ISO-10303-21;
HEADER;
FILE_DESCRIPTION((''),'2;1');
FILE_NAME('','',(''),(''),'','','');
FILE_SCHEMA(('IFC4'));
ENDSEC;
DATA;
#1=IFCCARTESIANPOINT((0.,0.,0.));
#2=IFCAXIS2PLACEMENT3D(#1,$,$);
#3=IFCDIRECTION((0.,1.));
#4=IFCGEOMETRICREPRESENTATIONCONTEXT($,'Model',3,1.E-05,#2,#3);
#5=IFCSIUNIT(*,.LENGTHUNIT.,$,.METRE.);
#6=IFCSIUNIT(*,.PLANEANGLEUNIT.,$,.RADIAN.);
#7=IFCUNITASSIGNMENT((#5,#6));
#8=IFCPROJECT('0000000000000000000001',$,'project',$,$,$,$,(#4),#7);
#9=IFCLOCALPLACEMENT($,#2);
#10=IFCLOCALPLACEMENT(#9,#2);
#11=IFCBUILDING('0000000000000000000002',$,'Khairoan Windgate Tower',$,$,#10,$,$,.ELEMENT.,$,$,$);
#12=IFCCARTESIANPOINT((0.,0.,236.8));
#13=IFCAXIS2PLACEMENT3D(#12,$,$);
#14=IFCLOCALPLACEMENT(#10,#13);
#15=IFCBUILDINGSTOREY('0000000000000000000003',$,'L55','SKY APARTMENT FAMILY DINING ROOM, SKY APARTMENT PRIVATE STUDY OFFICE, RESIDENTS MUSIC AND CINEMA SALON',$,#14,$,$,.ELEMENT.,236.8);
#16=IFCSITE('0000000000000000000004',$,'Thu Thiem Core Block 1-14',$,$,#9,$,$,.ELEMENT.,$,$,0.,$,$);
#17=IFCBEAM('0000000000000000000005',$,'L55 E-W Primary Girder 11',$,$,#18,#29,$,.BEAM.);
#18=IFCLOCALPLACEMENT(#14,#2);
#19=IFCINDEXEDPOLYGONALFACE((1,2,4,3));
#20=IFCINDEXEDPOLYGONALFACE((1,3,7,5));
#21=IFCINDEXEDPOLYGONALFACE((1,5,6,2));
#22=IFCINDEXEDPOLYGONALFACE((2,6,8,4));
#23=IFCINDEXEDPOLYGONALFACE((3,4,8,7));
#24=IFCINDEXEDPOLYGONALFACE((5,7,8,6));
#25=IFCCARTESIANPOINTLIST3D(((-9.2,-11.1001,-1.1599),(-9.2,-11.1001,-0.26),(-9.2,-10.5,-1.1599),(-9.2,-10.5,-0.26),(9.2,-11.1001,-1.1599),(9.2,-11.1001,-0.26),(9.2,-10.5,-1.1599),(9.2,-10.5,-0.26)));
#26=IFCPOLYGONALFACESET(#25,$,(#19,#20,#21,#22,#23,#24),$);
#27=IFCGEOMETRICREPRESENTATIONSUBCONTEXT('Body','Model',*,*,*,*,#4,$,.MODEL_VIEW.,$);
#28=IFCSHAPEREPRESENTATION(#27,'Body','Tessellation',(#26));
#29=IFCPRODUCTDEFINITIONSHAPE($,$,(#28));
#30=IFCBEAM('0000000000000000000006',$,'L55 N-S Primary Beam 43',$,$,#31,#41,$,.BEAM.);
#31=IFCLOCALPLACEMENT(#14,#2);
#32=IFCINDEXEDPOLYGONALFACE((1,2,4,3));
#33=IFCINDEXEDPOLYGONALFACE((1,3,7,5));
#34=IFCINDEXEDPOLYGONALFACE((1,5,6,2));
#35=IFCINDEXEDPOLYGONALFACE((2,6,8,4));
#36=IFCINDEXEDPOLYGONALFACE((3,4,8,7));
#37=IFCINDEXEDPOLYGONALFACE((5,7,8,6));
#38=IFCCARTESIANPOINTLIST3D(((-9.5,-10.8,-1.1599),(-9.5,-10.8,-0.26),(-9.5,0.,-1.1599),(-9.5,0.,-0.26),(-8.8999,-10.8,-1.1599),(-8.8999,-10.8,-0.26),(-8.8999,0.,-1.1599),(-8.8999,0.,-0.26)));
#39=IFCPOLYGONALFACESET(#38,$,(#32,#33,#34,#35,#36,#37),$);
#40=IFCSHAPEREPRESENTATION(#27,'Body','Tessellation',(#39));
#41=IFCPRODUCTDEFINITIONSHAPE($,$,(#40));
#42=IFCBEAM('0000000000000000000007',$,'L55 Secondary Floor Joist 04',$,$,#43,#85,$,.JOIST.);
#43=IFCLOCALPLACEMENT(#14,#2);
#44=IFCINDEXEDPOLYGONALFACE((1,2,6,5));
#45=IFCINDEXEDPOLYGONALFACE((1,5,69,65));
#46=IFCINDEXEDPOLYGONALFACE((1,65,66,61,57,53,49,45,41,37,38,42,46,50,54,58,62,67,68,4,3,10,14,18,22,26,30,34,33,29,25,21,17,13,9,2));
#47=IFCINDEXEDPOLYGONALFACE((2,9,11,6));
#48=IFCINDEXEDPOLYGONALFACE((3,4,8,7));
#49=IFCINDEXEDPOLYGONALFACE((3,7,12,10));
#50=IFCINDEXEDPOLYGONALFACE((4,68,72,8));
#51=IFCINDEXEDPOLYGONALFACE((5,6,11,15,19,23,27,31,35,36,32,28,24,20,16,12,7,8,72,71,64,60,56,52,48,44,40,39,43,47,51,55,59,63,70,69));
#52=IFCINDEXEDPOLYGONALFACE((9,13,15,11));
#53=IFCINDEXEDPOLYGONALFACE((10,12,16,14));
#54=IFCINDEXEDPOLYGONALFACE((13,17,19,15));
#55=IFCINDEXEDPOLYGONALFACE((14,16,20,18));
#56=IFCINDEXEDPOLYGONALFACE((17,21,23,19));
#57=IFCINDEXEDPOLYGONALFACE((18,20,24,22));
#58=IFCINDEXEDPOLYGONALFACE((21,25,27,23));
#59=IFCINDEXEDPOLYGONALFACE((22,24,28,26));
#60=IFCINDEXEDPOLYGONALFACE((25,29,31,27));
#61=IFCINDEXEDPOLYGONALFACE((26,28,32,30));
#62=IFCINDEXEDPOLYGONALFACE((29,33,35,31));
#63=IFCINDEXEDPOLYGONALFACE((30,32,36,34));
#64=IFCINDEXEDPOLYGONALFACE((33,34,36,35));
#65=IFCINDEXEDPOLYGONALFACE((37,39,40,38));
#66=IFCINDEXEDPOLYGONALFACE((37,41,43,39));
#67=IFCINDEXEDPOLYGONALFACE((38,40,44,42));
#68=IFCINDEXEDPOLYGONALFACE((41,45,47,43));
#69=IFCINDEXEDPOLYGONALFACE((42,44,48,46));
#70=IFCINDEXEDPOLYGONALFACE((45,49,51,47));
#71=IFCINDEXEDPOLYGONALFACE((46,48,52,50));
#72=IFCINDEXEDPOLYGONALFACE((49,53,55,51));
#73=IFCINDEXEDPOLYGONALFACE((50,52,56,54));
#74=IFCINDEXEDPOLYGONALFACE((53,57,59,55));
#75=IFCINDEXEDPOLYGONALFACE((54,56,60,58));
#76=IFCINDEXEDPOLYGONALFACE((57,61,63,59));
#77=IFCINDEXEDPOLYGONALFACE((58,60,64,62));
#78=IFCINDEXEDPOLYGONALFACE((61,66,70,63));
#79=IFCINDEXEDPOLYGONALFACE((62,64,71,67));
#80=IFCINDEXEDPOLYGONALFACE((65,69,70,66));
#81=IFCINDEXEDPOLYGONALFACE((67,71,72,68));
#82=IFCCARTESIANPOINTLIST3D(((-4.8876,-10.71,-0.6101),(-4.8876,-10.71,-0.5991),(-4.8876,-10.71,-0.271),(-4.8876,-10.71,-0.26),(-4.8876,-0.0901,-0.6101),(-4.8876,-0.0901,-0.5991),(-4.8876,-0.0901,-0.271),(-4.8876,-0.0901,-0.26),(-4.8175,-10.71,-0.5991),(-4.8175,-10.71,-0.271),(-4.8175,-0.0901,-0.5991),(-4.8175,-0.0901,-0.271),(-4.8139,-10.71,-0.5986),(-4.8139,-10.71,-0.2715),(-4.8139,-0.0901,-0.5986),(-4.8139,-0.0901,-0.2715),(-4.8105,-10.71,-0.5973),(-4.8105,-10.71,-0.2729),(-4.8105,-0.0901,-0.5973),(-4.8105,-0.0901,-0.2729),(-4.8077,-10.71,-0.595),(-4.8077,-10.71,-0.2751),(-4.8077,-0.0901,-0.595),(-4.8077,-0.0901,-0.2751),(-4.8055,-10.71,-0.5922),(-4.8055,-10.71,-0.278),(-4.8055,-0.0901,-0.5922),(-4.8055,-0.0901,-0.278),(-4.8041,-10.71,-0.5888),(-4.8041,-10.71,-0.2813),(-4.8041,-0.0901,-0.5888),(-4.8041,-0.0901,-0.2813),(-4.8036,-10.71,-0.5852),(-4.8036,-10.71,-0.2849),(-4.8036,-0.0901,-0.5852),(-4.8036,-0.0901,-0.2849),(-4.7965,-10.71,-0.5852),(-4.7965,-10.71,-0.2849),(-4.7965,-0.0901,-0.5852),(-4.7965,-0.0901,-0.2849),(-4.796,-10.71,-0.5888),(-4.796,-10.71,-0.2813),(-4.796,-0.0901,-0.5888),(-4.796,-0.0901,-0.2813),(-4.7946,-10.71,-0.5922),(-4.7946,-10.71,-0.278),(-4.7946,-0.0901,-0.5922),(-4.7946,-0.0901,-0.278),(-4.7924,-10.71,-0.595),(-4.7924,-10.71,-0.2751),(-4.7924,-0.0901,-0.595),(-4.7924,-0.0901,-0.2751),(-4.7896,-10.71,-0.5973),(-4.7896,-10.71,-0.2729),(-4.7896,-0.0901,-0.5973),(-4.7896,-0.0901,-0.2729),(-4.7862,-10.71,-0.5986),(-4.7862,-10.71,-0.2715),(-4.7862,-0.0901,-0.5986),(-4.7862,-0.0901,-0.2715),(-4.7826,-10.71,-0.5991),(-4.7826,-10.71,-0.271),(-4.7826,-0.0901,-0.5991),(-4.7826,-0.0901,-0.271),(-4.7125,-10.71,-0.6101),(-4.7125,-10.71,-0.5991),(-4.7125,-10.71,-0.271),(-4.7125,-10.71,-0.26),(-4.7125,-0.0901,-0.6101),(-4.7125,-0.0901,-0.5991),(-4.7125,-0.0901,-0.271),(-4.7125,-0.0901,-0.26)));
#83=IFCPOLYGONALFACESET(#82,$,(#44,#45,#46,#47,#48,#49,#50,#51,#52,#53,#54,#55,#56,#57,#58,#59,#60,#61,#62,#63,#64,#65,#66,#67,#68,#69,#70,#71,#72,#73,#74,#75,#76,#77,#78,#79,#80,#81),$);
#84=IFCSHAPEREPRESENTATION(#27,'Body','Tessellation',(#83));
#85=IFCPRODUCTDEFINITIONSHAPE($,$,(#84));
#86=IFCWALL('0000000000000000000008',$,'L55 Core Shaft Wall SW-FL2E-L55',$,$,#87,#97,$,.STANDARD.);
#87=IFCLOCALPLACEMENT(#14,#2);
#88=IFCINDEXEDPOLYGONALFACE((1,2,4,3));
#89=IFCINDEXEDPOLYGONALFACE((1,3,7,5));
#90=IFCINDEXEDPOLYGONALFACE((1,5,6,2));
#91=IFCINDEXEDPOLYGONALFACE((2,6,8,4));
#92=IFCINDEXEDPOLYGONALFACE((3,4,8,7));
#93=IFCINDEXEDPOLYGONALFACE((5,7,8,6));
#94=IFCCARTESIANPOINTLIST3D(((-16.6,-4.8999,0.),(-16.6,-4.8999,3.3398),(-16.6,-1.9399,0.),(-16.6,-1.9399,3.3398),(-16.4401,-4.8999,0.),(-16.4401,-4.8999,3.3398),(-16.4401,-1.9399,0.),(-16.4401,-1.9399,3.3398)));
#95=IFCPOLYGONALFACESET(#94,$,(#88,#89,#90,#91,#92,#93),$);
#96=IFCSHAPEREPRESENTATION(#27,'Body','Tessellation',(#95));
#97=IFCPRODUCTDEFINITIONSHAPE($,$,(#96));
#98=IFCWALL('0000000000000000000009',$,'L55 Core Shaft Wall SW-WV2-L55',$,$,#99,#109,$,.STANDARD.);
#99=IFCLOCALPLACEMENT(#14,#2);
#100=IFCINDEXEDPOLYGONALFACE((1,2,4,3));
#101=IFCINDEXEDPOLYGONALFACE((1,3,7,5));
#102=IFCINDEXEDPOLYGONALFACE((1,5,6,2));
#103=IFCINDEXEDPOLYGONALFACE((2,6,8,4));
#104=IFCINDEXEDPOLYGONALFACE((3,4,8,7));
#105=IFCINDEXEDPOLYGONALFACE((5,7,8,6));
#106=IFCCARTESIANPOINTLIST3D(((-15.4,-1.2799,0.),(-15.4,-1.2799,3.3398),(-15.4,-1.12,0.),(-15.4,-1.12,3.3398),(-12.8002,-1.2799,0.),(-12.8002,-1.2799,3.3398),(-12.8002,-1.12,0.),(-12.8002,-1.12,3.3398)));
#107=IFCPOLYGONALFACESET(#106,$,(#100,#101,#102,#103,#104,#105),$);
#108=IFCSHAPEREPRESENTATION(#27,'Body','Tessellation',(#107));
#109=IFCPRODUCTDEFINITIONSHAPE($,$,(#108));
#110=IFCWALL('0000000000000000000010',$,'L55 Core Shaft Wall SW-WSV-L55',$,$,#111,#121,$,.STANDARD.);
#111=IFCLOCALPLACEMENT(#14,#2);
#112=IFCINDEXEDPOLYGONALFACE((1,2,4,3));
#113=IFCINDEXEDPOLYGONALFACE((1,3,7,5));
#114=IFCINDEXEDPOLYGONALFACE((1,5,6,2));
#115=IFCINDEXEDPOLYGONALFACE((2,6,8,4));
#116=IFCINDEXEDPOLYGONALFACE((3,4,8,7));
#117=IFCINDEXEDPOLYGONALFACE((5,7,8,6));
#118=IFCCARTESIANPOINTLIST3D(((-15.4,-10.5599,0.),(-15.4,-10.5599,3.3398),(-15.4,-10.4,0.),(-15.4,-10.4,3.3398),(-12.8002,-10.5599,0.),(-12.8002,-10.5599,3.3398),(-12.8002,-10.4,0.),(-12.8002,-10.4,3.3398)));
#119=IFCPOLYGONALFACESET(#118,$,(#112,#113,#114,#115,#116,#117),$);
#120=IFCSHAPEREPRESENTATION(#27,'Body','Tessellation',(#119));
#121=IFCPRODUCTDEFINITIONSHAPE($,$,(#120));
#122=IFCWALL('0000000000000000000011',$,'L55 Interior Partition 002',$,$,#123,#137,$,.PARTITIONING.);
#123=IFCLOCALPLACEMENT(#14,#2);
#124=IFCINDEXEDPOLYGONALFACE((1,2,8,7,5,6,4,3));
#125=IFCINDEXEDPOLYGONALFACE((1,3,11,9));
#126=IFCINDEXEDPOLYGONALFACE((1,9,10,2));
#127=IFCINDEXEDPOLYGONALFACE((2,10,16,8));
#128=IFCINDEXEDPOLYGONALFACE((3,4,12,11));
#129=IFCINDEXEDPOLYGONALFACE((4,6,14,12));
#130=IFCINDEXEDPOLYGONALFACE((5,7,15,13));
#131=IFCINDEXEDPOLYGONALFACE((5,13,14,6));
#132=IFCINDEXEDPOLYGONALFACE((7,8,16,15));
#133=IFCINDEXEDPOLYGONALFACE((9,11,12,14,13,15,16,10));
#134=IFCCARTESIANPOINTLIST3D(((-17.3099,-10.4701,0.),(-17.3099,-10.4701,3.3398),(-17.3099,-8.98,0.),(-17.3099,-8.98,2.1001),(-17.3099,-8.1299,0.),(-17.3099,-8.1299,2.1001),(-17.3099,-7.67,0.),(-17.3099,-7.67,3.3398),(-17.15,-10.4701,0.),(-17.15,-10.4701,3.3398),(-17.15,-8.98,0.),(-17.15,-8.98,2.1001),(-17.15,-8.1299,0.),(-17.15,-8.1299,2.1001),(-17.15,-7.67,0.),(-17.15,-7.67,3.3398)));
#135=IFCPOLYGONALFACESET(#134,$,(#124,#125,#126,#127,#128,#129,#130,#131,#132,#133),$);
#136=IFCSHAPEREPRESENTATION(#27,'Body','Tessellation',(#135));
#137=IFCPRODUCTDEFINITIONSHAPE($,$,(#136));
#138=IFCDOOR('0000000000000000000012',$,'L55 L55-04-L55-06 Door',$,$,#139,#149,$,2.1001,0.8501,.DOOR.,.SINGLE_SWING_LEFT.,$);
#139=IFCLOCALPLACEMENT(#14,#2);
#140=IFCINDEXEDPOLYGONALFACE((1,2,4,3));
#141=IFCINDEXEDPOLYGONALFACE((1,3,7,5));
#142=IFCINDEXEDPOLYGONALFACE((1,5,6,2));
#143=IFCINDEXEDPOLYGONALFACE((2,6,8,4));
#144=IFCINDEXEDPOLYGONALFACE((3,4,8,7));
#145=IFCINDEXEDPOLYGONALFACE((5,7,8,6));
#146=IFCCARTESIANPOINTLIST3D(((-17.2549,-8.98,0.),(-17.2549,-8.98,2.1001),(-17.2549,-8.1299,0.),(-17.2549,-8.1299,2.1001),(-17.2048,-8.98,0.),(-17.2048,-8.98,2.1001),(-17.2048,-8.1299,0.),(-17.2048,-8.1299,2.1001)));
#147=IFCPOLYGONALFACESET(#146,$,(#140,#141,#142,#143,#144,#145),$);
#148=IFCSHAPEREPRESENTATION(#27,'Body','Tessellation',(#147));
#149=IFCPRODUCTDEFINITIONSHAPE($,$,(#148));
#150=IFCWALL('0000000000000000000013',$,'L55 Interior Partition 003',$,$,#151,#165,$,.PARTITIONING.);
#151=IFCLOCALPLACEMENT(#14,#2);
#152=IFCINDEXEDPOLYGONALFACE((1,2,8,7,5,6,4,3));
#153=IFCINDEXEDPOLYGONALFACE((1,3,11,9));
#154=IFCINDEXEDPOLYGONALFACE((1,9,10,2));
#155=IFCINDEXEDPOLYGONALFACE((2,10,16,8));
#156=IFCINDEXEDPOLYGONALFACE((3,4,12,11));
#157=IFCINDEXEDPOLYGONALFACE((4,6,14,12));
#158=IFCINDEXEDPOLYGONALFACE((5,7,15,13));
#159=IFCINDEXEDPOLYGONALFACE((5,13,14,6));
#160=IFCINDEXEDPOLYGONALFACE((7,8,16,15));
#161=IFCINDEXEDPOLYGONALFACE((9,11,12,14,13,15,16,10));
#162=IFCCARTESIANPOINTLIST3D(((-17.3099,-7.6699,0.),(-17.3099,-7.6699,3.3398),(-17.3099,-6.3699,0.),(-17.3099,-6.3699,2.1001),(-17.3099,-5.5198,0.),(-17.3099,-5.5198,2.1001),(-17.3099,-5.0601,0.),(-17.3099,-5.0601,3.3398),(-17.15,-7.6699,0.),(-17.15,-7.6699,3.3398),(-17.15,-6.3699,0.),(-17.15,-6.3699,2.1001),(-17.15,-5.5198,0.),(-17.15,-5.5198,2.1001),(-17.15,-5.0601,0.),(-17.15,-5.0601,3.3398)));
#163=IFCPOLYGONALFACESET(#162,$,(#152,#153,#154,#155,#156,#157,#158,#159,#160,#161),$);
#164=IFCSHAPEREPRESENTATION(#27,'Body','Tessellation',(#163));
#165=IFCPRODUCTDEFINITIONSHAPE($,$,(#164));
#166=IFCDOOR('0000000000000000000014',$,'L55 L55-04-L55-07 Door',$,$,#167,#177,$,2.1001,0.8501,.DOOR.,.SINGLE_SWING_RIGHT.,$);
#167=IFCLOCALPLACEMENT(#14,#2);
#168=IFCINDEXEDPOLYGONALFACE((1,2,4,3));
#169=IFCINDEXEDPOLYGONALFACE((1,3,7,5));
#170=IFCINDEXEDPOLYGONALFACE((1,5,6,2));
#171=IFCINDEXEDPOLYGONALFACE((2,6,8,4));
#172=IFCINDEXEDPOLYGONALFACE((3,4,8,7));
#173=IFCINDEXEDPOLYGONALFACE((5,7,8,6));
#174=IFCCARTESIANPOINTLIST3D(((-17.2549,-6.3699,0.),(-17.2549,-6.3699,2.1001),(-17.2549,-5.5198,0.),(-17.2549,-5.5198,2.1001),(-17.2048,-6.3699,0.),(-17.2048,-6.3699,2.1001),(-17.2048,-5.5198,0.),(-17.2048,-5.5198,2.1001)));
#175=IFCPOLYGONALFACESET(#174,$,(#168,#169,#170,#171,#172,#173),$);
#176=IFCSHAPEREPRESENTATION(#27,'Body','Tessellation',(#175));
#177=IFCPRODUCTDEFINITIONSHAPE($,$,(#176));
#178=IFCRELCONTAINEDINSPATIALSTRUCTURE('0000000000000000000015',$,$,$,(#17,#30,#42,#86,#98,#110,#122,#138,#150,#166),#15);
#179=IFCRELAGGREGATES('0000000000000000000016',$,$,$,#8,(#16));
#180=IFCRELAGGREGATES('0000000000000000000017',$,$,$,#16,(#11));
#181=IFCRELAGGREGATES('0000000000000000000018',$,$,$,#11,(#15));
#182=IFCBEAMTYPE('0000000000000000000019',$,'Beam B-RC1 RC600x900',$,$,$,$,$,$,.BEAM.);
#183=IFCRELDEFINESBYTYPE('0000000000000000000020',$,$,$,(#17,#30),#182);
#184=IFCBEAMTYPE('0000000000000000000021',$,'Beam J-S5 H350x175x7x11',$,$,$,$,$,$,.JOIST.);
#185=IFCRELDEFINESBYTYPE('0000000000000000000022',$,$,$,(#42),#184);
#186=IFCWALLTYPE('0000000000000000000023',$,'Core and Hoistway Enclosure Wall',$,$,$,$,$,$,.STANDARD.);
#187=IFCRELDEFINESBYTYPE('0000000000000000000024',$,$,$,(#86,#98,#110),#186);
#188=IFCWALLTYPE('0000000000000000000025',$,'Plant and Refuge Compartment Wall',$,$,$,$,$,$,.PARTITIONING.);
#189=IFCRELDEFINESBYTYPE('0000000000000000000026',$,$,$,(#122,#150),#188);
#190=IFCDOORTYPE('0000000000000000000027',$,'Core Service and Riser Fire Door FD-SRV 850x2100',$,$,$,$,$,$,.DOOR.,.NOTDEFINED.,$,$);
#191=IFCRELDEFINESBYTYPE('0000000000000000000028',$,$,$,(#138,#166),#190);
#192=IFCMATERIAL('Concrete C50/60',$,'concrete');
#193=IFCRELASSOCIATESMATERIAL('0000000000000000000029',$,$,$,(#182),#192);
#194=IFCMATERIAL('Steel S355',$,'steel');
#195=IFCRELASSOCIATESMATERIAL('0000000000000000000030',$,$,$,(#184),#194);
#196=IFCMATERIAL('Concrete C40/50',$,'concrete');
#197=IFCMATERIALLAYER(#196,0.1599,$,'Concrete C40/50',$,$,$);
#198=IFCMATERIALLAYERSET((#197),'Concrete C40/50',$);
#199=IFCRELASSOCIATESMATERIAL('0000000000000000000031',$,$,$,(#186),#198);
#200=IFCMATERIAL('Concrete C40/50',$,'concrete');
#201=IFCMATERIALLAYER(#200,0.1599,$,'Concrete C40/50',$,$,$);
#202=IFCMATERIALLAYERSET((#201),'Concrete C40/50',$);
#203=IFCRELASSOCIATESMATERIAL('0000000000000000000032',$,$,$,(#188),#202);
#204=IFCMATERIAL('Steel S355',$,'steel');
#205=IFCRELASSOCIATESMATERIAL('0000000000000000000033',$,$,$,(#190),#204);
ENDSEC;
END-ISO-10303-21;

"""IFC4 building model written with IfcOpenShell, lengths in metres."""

from ifc_helpers import new_model, si_unit, direction, frame, frame_2d, origin, origin_2d, place, context, subcontext, project, spatial, rectangle, i_section, extrude, material, layer, layer_set, material_profile, profile_set, type_object, element, fill, save


model = new_model("IFC4")

# Units and contexts
model_context = context("Model", 3, precision=1e-05, world=origin(), true_north=direction((0.0, 1.0)))
body_context = subcontext(model_context, "Body", "Model", "MODEL_VIEW")
ifc_project = project(units=[si_unit("LENGTHUNIT", "METRE"), si_unit("PLANEANGLEUNIT", "RADIAN")], contexts=[model_context])

# Site, building, storey
site_placement = place(None, origin())
site = spatial("IfcSite", under=ifc_project, at=site_placement, Name="Thu Thiem Core Block 1-14", CompositionType="ELEMENT", RefElevation=0.0)
building_placement = place(site_placement, origin())
building = spatial("IfcBuilding", under=site, at=building_placement, Name="Khairoan Windgate Tower", CompositionType="ELEMENT")
storey_placement = place(building_placement, frame((0.0, 0.0, 236.8)))
storey = spatial("IfcBuildingStorey", under=building, at=storey_placement, Name="L55", Description="SKY APARTMENT FAMILY DINING ROOM, SKY APARTMENT PRIVATE STUDY OFFICE, RESIDENTS MUSIC AND CINEMA SALON", CompositionType="ELEMENT", Elevation=236.8)

# Beams
ifc_material_1 = material(Name="Concrete C50/60", Category="concrete")
ifc_material_profile_1 = material_profile(ifc_material_1, rectangle(XDim=0.6001, YDim=0.8999, at=origin_2d()))
ifc_profile_set_1 = profile_set([ifc_material_profile_1], Name="Concrete C50/60")
beam_type_1 = type_object("IfcBeamType", Name="Beam B-RC1 RC600x900", PredefinedType="BEAM", material=ifc_profile_set_1)
beam_1_placement = place(storey_placement, frame((-9.2, -10.8, -0.71), z_axis=(1.0, 0.0, 0.0), x_axis=(0.0, 1.0, 0.0)))
element("IfcBeam", 1, at=beam_1_placement, inside=storey, type_object=beam_type_1, Name="L55 E-W Primary Girder 11", PredefinedType="BEAM", context=body_context, shape_type="SweptSolid", body=[
    extrude(rectangle(XDim=0.6001, YDim=0.8999, at=origin_2d()), origin(), (0.0, 0.0, 1.0), 18.3999),
])
beam_2_placement = place(storey_placement, frame((-9.2, -10.8, -0.71), z_axis=(0.0, 1.0, 0.0), x_axis=(-1.0, 0.0, 0.0)))
element("IfcBeam", 2, at=beam_2_placement, inside=storey, type_object=beam_type_1, Name="L55 N-S Primary Beam 43", PredefinedType="BEAM", context=body_context, shape_type="SweptSolid", body=[
    extrude(rectangle(XDim=0.6001, YDim=0.8999, at=origin_2d()), origin(), (0.0, 0.0, 1.0), 10.8),
])
ifc_material_2 = material(Name="Steel S355", Category="steel")
ifc_material_profile_2 = material_profile(ifc_material_2, i_section(OverallWidth=0.175, OverallDepth=0.3501, WebThickness=0.0071, FlangeThickness=0.011, FilletRadius=0.0139, at=origin_2d()))
ifc_profile_set_2 = profile_set([ifc_material_profile_2], Name="Steel S355")
beam_type_2 = type_object("IfcBeamType", Name="Beam J-S5 H350x175x7x11", PredefinedType="JOIST", material=ifc_profile_set_2)
beam_3_placement = place(storey_placement, frame((-4.8, -10.71, -0.4351), z_axis=(0.0, 1.0, 0.0), x_axis=(-1.0, 0.0, 0.0)))
element("IfcBeam", 3, at=beam_3_placement, inside=storey, type_object=beam_type_2, Name="L55 Secondary Floor Joist 04", PredefinedType="JOIST", context=body_context, shape_type="SweptSolid", body=[
    extrude(i_section(OverallWidth=0.175, OverallDepth=0.3501, WebThickness=0.0071, FlangeThickness=0.011, FilletRadius=0.0139, at=origin_2d()), origin(), (0.0, 0.0, 1.0), 10.6199),
])

# Walls
ifc_material_3 = material(Name="Concrete C40/50", Category="concrete")
ifc_layer_1 = layer(ifc_material_3, 0.1599, Name="Concrete C40/50")
ifc_layer_set_1 = layer_set([ifc_layer_1], Name="Concrete C40/50")
wall_type_1 = type_object("IfcWallType", Name="Core and Hoistway Enclosure Wall", PredefinedType="STANDARD", material=ifc_layer_set_1)
wall_1_placement = place(storey_placement, frame((-16.52, -4.8999, 0.0), z_axis=(0.0, 0.0, 1.0), x_axis=(0.0, 1.0, 0.0)))
element("IfcWall", 4, at=wall_1_placement, inside=storey, type_object=wall_type_1, Name="L55 Core Shaft Wall SW-FL2E-L55", PredefinedType="STANDARD", context=body_context, shape_type="SweptSolid", body=[
    extrude(rectangle(XDim=2.96, YDim=0.1599, at=frame_2d((1.48, 0.0))), origin(), (0.0, 0.0, 1.0), 3.3398),
])
for number, where, z_axis, x_axis, name in (
    (5, (-15.3999, -1.2, 0.0), (0.0, 0.0, 1.0), (1.0, 0.0, 0.0), "L55 Core Shaft Wall SW-WV2-L55"),
    (6, (-15.3999, -10.48, 0.0), (0.0, 0.0, 1.0), (1.0, 0.0, 0.0), "L55 Core Shaft Wall SW-WSV-L55"),
):
    element("IfcWall", number, at=place(storey_placement, frame(where, z_axis=z_axis, x_axis=x_axis)), inside=storey, type_object=wall_type_1, Name=name, PredefinedType="STANDARD", context=body_context, shape_type="SweptSolid", body=[
        extrude(rectangle(XDim=2.5999, YDim=0.1599, at=frame_2d((1.2998, 0.0))), origin(), (0.0, 0.0, 1.0), 3.3398),
    ])

# Walls, openings, doors
ifc_material_4 = material(Name="Concrete C40/50", Category="concrete")
ifc_layer_2 = layer(ifc_material_4, 0.1599, Name="Concrete C40/50")
ifc_layer_set_2 = layer_set([ifc_layer_2], Name="Concrete C40/50")
wall_type_2 = type_object("IfcWallType", Name="Plant and Refuge Compartment Wall", PredefinedType="PARTITIONING", material=ifc_layer_set_2)
wall_2_placement = place(storey_placement, frame((-17.23, -10.47, 0.0), z_axis=(0.0, 0.0, 1.0), x_axis=(0.0, 1.0, 0.0)))
wall_2 = element("IfcWall", 7, at=wall_2_placement, inside=storey, type_object=wall_type_2, Name="L55 Interior Partition 002", PredefinedType="PARTITIONING", context=body_context, shape_type="SweptSolid", body=[
    extrude(rectangle(XDim=2.8, YDim=0.1599, at=frame_2d((1.3999, 0.0))), origin(), (0.0, 0.0, 1.0), 3.3398),
])
opening_1_placement = place(wall_2_placement, frame((1.49, 0.0, 0.0)))
opening_1 = element("IfcOpeningElement", 8, at=opening_1_placement, cuts=wall_2, PredefinedType="OPENING", context=body_context, shape_type="SweptSolid", body=[
    extrude(rectangle(XDim=0.8501, YDim=2.1001, at=frame_2d((0.425, 1.05))), frame((0.0, 0.0898, 0.0), z_axis=(0.0, -1.0, 0.0), x_axis=(1.0, 0.0, 0.0)), (0.0, 0.0, 1.0), 0.1799),
])
ifc_material_5 = material(Name="Steel S355", Category="steel")
door_type = type_object("IfcDoorType", Name="Core Service and Riser Fire Door FD-SRV 850x2100", OperationType="NOTDEFINED", PredefinedType="DOOR", material=ifc_material_5)
door_1_placement = place(opening_1_placement, origin())
door_1 = element("IfcDoor", 9, at=door_1_placement, inside=storey, type_object=door_type, Name="L55 L55-04-L55-06 Door", OperationType="SINGLE_SWING_LEFT", OverallHeight=2.1001, OverallWidth=0.8501, PredefinedType="DOOR", context=body_context, shape_type="SweptSolid", body=[
    extrude(rectangle(XDim=0.8501, YDim=2.1001, at=frame_2d((0.425, 1.05))), frame((0.0, 0.0249, 0.0), z_axis=(0.0, -1.0, 0.0), x_axis=(1.0, 0.0, 0.0)), (0.0, 0.0, 1.0), 0.05),
])
fill(opening_1, door_1)
wall_3_placement = place(storey_placement, frame((-17.23, -7.6699, 0.0), z_axis=(0.0, 0.0, 1.0), x_axis=(0.0, 1.0, 0.0)))
wall_3 = element("IfcWall", 10, at=wall_3_placement, inside=storey, type_object=wall_type_2, Name="L55 Interior Partition 003", PredefinedType="PARTITIONING", context=body_context, shape_type="SweptSolid", body=[
    extrude(rectangle(XDim=2.6099, YDim=0.1599, at=frame_2d((1.3049, 0.0))), origin(), (0.0, 0.0, 1.0), 3.3398),
])
opening_2_placement = place(wall_3_placement, frame((1.3, 0.0, 0.0)))
opening_2 = element("IfcOpeningElement", 11, at=opening_2_placement, cuts=wall_3, PredefinedType="OPENING", context=body_context, shape_type="SweptSolid", body=[
    extrude(rectangle(XDim=0.8501, YDim=2.1001, at=frame_2d((0.425, 1.05))), frame((0.0, 0.0898, 0.0), z_axis=(0.0, -1.0, 0.0), x_axis=(1.0, 0.0, 0.0)), (0.0, 0.0, 1.0), 0.1799),
])
door_2_placement = place(opening_2_placement, origin())
door_2 = element("IfcDoor", 12, at=door_2_placement, inside=storey, type_object=door_type, Name="L55 L55-04-L55-07 Door", OperationType="SINGLE_SWING_RIGHT", OverallHeight=2.1001, OverallWidth=0.8501, PredefinedType="DOOR", context=body_context, shape_type="SweptSolid", body=[
    extrude(rectangle(XDim=0.8501, YDim=2.1001, at=frame_2d((0.425, 1.05))), frame((0.0, 0.0249, 0.0), z_axis=(0.0, -1.0, 0.0), x_axis=(1.0, 0.0, 0.0)), (0.0, 0.0, 1.0), 0.05),
])
fill(opening_2, door_2)

save(model, "model.ifc")
